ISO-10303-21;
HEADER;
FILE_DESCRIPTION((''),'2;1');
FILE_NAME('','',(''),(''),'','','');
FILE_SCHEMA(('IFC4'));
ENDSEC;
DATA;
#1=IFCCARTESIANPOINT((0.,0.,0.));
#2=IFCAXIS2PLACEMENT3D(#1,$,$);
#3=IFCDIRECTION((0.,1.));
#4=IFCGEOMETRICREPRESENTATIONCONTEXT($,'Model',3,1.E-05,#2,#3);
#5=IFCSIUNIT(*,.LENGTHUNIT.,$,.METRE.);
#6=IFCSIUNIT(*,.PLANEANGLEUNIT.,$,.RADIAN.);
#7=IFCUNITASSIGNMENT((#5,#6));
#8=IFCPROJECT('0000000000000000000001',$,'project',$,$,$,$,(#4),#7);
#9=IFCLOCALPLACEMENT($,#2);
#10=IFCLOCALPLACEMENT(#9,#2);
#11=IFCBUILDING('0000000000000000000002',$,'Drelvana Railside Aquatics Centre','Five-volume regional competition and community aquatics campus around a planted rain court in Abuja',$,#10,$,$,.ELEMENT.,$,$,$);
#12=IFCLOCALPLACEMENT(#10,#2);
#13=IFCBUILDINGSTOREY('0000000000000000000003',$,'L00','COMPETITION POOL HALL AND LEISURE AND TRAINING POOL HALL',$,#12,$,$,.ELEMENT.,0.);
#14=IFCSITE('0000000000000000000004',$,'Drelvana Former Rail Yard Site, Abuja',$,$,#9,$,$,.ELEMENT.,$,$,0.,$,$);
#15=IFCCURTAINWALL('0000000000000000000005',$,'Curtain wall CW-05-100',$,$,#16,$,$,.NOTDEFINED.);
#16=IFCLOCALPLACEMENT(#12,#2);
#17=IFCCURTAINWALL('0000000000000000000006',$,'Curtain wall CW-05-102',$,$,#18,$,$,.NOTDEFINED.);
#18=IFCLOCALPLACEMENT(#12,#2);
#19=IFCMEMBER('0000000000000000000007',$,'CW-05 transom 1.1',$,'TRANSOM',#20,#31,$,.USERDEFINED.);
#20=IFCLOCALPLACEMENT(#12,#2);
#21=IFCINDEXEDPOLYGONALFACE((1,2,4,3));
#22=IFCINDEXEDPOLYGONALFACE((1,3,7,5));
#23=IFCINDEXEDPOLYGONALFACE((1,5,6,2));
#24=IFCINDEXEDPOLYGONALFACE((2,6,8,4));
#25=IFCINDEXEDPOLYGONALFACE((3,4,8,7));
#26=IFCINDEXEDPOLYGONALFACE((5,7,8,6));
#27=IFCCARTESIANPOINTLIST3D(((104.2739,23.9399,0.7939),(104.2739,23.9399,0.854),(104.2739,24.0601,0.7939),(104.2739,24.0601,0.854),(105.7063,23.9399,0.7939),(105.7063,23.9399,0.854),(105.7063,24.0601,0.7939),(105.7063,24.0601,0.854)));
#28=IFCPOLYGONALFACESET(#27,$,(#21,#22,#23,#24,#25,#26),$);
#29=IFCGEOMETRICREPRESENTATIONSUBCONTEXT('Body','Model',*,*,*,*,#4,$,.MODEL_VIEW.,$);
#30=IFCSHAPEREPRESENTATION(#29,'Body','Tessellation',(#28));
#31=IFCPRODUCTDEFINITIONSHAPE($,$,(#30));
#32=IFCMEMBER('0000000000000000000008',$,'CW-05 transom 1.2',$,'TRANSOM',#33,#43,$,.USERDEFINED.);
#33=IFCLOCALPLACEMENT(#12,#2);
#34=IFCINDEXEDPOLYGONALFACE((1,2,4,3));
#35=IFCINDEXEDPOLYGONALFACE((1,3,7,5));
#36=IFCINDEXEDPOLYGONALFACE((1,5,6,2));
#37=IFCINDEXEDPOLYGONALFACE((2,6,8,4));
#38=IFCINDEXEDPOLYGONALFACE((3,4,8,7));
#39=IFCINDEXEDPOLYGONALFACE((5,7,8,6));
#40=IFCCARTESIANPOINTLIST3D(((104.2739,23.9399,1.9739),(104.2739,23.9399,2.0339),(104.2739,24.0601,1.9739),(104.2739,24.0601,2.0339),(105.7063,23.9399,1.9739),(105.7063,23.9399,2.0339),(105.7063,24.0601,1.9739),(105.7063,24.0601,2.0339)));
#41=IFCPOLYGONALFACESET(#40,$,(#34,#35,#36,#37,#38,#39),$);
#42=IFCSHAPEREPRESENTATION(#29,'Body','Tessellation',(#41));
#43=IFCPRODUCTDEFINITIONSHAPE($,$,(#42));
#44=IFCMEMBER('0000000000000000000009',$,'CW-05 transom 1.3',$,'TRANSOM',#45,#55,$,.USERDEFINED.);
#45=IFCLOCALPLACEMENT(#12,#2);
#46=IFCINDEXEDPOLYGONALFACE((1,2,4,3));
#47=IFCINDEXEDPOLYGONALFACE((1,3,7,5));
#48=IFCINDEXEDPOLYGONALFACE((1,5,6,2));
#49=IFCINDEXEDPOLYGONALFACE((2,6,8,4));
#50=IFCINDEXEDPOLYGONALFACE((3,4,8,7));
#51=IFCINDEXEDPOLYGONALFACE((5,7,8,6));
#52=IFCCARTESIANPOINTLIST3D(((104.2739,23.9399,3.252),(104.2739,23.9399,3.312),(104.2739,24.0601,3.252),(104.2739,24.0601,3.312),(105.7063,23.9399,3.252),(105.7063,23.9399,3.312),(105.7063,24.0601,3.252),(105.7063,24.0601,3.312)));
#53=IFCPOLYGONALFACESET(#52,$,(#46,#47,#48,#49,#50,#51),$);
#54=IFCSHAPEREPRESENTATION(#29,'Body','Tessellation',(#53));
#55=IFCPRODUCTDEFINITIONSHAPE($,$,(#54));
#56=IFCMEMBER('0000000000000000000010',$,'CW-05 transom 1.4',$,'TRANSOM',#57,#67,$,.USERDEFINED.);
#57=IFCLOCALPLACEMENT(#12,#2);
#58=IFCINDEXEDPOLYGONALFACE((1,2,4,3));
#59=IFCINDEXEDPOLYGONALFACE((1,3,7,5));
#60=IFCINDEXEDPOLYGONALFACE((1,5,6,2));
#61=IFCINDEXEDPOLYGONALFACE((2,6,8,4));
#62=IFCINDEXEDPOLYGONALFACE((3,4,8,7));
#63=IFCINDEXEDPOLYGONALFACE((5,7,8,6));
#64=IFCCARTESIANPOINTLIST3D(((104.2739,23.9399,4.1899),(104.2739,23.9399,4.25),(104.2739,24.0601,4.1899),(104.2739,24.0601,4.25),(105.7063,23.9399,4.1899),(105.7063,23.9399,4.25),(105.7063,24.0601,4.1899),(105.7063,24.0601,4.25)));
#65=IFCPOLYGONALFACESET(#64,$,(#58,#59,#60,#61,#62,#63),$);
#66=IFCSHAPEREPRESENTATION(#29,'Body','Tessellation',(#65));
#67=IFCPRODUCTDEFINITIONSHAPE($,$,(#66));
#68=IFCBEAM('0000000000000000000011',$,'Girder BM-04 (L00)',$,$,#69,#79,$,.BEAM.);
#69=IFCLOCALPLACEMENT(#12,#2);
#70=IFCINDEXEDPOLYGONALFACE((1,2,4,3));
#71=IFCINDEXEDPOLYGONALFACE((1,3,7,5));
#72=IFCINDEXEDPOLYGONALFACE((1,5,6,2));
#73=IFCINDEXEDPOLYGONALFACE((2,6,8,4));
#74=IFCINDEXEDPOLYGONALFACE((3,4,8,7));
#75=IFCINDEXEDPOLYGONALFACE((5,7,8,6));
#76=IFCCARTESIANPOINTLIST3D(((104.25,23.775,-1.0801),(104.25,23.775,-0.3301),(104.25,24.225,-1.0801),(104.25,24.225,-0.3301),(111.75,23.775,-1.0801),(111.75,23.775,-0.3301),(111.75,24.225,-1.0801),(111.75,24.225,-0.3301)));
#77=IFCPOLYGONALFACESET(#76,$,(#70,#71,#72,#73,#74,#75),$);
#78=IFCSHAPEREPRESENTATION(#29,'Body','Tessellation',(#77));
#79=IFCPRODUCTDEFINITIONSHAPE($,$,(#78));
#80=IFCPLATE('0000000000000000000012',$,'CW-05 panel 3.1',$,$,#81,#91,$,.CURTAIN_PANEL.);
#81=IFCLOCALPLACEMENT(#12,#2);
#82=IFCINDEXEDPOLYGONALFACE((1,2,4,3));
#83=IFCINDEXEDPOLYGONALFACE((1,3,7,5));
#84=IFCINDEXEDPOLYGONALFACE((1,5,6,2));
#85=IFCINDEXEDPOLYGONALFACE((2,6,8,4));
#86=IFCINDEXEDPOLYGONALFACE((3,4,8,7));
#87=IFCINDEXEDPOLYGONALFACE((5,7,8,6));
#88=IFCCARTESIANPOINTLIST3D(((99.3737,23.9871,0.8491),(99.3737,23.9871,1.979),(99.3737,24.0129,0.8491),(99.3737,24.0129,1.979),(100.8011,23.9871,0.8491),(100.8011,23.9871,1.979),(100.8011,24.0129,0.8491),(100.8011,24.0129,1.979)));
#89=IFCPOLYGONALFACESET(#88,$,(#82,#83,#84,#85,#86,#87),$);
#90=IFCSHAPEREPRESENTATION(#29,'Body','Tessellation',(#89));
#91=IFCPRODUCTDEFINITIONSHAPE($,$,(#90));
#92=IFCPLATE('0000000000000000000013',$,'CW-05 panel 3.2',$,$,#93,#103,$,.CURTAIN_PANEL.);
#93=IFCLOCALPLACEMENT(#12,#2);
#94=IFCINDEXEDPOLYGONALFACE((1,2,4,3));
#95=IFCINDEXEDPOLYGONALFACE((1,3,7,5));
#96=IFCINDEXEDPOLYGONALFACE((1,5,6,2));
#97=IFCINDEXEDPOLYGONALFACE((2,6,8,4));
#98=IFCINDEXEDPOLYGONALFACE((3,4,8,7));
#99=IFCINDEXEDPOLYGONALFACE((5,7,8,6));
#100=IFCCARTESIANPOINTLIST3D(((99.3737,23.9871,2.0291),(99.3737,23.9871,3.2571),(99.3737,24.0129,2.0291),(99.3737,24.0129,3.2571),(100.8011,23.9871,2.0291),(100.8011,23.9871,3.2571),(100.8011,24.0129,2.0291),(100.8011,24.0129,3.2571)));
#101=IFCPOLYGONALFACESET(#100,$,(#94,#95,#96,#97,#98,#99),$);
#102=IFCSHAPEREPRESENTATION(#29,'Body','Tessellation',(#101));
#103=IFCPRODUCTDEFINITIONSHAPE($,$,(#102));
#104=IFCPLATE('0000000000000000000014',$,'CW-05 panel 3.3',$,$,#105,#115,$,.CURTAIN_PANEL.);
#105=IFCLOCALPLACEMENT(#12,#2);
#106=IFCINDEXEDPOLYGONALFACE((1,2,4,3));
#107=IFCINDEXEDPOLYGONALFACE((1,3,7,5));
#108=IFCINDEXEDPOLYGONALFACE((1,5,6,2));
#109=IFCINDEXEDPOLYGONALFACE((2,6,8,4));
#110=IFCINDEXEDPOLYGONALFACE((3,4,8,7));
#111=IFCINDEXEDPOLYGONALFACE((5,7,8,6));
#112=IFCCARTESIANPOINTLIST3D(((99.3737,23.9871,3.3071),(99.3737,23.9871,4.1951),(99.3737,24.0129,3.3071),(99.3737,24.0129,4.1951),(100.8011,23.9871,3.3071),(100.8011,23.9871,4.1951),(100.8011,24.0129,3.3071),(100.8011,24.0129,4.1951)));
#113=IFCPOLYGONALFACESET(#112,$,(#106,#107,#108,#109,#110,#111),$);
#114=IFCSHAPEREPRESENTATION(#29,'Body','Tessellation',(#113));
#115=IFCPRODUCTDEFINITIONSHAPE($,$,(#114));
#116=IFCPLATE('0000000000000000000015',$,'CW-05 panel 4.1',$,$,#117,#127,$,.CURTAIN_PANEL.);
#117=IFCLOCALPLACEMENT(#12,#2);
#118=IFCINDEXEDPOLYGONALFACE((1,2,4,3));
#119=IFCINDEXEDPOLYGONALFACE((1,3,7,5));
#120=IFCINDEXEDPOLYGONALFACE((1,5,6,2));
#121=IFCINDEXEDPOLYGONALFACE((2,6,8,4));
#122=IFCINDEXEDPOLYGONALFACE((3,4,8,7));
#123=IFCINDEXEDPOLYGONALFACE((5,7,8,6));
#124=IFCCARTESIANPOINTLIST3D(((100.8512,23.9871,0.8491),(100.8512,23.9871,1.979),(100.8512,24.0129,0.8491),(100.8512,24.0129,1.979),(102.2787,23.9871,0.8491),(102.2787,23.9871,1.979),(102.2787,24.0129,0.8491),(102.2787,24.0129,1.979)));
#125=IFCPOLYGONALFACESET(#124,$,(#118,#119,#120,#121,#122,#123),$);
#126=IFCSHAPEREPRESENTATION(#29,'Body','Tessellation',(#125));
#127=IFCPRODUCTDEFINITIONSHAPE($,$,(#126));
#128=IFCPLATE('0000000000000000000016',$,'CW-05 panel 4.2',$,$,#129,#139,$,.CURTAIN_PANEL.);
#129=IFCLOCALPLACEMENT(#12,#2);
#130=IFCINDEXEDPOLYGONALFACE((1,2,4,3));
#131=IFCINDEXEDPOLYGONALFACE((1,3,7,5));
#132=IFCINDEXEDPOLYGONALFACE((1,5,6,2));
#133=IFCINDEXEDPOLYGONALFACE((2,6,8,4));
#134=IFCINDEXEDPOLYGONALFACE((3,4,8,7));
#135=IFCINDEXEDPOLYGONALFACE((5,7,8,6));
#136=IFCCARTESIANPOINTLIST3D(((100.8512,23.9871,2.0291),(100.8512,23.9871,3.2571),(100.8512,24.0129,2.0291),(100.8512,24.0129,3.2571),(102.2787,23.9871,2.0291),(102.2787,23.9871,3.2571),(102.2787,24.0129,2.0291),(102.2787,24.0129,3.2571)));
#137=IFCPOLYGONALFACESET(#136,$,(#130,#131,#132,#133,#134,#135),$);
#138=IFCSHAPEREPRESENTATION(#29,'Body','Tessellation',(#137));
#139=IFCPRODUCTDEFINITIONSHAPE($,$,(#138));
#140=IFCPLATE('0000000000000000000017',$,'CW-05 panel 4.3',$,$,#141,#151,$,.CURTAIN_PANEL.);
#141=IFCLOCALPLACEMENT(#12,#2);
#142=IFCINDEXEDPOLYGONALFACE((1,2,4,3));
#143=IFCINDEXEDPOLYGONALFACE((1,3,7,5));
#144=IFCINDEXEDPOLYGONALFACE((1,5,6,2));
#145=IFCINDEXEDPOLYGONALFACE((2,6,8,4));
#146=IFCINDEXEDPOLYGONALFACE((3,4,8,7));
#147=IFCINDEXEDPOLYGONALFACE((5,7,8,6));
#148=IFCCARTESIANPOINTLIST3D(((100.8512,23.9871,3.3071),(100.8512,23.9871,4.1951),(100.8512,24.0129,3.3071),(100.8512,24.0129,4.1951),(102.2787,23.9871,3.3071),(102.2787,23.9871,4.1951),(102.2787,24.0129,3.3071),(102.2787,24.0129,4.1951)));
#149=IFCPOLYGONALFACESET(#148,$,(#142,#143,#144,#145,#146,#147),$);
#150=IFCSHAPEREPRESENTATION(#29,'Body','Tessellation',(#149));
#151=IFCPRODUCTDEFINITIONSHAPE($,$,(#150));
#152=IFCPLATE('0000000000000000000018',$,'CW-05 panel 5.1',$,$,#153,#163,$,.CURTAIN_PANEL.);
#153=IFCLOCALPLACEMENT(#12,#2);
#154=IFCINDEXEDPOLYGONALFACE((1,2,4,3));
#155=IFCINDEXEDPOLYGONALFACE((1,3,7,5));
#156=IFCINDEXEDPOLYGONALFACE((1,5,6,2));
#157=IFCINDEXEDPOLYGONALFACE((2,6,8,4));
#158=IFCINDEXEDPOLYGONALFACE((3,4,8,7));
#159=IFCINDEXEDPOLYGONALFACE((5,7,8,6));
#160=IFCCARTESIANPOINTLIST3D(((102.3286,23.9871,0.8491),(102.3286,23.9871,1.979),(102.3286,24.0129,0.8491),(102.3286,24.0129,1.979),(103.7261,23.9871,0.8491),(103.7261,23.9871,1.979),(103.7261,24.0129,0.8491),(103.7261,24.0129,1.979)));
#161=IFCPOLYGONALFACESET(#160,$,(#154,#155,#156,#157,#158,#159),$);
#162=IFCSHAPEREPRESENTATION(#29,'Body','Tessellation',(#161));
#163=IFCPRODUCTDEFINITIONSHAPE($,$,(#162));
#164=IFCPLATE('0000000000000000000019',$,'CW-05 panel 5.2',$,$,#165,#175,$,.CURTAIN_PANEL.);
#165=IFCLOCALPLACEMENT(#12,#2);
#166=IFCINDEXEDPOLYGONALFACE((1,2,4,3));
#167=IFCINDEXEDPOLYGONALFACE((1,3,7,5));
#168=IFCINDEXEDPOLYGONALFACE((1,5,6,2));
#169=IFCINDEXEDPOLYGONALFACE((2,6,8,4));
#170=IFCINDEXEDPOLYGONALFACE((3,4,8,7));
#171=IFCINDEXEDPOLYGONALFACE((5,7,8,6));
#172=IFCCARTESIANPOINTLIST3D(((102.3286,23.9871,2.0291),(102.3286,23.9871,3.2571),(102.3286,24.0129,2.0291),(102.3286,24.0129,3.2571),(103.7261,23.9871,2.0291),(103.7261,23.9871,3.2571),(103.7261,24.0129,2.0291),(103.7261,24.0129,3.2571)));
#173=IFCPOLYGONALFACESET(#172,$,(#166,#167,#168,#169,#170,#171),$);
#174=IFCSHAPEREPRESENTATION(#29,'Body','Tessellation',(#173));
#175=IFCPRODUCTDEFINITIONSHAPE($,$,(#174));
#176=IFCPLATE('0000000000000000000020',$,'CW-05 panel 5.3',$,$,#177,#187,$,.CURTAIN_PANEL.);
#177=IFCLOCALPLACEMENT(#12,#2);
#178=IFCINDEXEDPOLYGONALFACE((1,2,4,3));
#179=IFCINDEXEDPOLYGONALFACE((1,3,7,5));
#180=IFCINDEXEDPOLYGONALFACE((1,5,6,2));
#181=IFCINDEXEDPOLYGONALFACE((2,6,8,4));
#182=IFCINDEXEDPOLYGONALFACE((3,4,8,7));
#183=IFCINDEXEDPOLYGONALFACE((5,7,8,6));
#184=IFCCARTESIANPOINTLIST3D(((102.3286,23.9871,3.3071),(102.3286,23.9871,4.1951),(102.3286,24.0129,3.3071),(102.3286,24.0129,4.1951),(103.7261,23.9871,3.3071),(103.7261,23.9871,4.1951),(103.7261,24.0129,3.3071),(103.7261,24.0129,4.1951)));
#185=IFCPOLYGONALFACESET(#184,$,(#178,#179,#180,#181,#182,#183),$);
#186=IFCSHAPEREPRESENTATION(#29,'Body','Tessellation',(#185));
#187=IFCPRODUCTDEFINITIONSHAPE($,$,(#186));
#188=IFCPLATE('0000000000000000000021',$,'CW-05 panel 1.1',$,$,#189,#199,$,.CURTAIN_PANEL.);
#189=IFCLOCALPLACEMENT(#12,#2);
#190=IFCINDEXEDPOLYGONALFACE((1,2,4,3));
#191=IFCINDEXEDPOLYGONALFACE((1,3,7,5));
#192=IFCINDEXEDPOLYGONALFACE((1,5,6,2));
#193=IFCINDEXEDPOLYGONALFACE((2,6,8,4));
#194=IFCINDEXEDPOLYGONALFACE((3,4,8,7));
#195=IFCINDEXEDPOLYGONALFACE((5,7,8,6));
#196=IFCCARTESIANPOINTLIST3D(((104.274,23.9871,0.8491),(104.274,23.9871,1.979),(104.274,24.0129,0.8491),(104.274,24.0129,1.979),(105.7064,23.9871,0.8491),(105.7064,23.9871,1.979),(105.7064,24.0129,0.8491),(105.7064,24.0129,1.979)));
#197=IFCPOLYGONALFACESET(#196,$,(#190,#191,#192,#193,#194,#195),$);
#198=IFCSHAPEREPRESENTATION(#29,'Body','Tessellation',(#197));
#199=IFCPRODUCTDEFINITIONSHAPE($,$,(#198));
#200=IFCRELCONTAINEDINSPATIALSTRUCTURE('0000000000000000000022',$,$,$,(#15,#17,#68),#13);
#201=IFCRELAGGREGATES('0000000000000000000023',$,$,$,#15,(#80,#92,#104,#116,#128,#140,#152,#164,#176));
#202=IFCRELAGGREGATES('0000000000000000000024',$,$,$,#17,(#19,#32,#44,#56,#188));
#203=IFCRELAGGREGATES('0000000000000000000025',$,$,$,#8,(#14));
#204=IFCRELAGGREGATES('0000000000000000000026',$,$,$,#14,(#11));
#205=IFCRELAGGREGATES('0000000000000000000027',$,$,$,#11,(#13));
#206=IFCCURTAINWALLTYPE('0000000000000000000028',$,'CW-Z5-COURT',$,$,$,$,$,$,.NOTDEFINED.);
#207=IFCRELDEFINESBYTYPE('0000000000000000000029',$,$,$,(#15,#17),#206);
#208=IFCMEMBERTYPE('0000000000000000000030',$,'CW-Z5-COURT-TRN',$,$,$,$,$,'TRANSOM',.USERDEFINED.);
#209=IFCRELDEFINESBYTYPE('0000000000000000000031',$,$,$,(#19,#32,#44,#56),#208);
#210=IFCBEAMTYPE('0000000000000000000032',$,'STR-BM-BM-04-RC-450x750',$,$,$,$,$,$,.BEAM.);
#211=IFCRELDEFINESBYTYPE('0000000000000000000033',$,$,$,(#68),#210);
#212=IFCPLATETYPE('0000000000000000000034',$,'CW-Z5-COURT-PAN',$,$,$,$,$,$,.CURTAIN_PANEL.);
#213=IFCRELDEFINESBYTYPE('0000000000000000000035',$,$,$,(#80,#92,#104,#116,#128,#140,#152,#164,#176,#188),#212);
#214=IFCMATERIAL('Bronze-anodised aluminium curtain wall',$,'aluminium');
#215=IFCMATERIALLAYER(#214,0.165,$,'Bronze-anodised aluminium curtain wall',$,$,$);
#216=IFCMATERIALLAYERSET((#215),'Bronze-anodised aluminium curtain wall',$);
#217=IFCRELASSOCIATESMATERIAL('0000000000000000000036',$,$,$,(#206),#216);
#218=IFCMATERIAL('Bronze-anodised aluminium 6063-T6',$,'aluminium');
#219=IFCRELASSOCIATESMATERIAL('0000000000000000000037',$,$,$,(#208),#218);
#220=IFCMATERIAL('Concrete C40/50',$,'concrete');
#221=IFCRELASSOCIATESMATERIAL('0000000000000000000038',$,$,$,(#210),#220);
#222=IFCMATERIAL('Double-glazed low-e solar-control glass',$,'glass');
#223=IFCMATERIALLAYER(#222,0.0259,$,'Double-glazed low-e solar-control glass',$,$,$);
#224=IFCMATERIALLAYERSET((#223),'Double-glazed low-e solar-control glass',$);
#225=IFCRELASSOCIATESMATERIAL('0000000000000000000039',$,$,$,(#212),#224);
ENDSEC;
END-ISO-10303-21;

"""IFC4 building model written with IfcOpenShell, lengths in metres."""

from ifc_helpers import new_model, si_unit, direction, frame, origin, origin_2d, place, context, subcontext, project, spatial, rectangle, extrude, material, layer, layer_set, material_profile, profile_set, type_object, element, aggregate, save


model = new_model("IFC4")

# Units and contexts
model_context = context("Model", 3, precision=1e-05, world=origin(), true_north=direction((0.0, 1.0)))
body_context = subcontext(model_context, "Body", "Model", "MODEL_VIEW")
ifc_project = project(units=[si_unit("LENGTHUNIT", "METRE"), si_unit("PLANEANGLEUNIT", "RADIAN")], contexts=[model_context])

# Site, building, storey
site_placement = place(None, origin())
site = spatial("IfcSite", under=ifc_project, at=site_placement, Name="Drelvana Former Rail Yard Site, Abuja", CompositionType="ELEMENT", RefElevation=0.0)
building_placement = place(site_placement, origin())
building = spatial("IfcBuilding", under=site, at=building_placement, Name="Drelvana Railside Aquatics Centre", Description="Five-volume regional competition and community aquatics campus around a planted rain court in Abuja", CompositionType="ELEMENT")
storey_placement = place(building_placement, origin())
storey = spatial("IfcBuildingStorey", under=building, at=storey_placement, Name="L00", Description="COMPETITION POOL HALL AND LEISURE AND TRAINING POOL HALL", CompositionType="ELEMENT", Elevation=0.0)

# Shared definitions
ifc_material_1 = material(Name="Concrete C40/50", Category="concrete")

# Curtain walls
ifc_material_2 = material(Name="Bronze-anodised aluminium curtain wall", Category="aluminium")
ifc_layer_1 = layer(ifc_material_2, 0.165, Name="Bronze-anodised aluminium curtain wall")
ifc_layer_set_1 = layer_set([ifc_layer_1], Name="Bronze-anodised aluminium curtain wall")
curtain_wall_type = type_object("IfcCurtainWallType", Name="CW-Z5-COURT", PredefinedType="NOTDEFINED", material=ifc_layer_set_1)
curtain_wall_1_placement = place(storey_placement, origin())
curtain_wall_1 = element("IfcCurtainWall", 1, at=curtain_wall_1_placement, inside=storey, type_object=curtain_wall_type, Name="Curtain wall CW-05-100", PredefinedType="NOTDEFINED")
ifc_material_3 = material(Name="Bronze-anodised aluminium 6063-T6", Category="aluminium")
curtain_wall_2_placement = place(storey_placement, origin())
curtain_wall_2 = element("IfcCurtainWall", 2, at=curtain_wall_2_placement, inside=storey, type_object=curtain_wall_type, Name="Curtain wall CW-05-102", PredefinedType="NOTDEFINED")

# Members
ifc_material_profile_1 = material_profile(ifc_material_3, rectangle(XDim=0.1201, YDim=0.0601, at=origin_2d()), Name="ALU-T 60x120")
ifc_profile_set_1 = profile_set([ifc_material_profile_1], Name="Bronze-anodised aluminium 6063-T6")
member_type_1 = type_object("IfcMemberType", Name="CW-Z5-COURT-TRN", ElementType="TRANSOM", PredefinedType="USERDEFINED", material=ifc_profile_set_1)
member_1_placement = place(storey_placement, frame((104.2739, 24.0, 0.824), z_axis=(1.0, 0.0, 0.0), x_axis=(0.0, 1.0, 0.0)))
member_1 = element("IfcMember", 3, at=member_1_placement, type_object=member_type_1, Name="CW-05 transom 1.1", ObjectType="TRANSOM", PredefinedType="USERDEFINED", context=body_context, shape_type="SweptSolid", body=[
    extrude(rectangle(XDim=0.1201, YDim=0.0601, at=origin_2d()), origin(), (0.0, 0.0, 1.0), 1.4324),
])
member_2_placement = place(storey_placement, frame((104.2739, 24.0, 2.0039), z_axis=(1.0, 0.0, 0.0), x_axis=(0.0, 1.0, 0.0)))
member_2 = element("IfcMember", 4, at=member_2_placement, type_object=member_type_1, Name="CW-05 transom 1.2", ObjectType="TRANSOM", PredefinedType="USERDEFINED", context=body_context, shape_type="SweptSolid", body=[
    extrude(rectangle(XDim=0.1201, YDim=0.0601, at=origin_2d()), origin(), (0.0, 0.0, 1.0), 1.4324),
])
member_3_placement = place(storey_placement, frame((104.2739, 24.0, 3.282), z_axis=(1.0, 0.0, 0.0), x_axis=(0.0, 1.0, 0.0)))
member_3 = element("IfcMember", 5, at=member_3_placement, type_object=member_type_1, Name="CW-05 transom 1.3", ObjectType="TRANSOM", PredefinedType="USERDEFINED", context=body_context, shape_type="SweptSolid", body=[
    extrude(rectangle(XDim=0.1201, YDim=0.0601, at=origin_2d()), origin(), (0.0, 0.0, 1.0), 1.4324),
])
member_4_placement = place(storey_placement, frame((104.2739, 24.0, 4.22), z_axis=(1.0, 0.0, 0.0), x_axis=(0.0, 1.0, 0.0)))
member_4 = element("IfcMember", 6, at=member_4_placement, type_object=member_type_1, Name="CW-05 transom 1.4", ObjectType="TRANSOM", PredefinedType="USERDEFINED", context=body_context, shape_type="SweptSolid", body=[
    extrude(rectangle(XDim=0.1201, YDim=0.0601, at=origin_2d()), origin(), (0.0, 0.0, 1.0), 1.4324),
])

# Beam
ifc_material_profile_2 = material_profile(ifc_material_1, rectangle(XDim=0.45, YDim=0.75, at=origin_2d()), Name="RC 450x750")
ifc_profile_set_2 = profile_set([ifc_material_profile_2], Name="Concrete C40/50")
beam_type = type_object("IfcBeamType", Name="STR-BM-BM-04-RC-450x750", PredefinedType="BEAM", material=ifc_profile_set_2)
beam_placement = place(storey_placement, frame((104.25, 24.0, -0.7051), z_axis=(1.0, 0.0, 0.0), x_axis=(0.0, 1.0, 0.0)))
element("IfcBeam", 7, at=beam_placement, inside=storey, type_object=beam_type, Name="Girder BM-04 (L00)", PredefinedType="BEAM", context=body_context, shape_type="SweptSolid", body=[
    extrude(rectangle(XDim=0.45, YDim=0.75, at=origin_2d()), origin(), (0.0, 0.0, 1.0), 7.5),
])

# Plates
ifc_material_4 = material(Name="Double-glazed low-e solar-control glass", Category="glass")
ifc_layer_2 = layer(ifc_material_4, 0.0259, Name="Double-glazed low-e solar-control glass")
ifc_layer_set_2 = layer_set([ifc_layer_2], Name="Double-glazed low-e solar-control glass")
plate_type = type_object("IfcPlateType", Name="CW-Z5-COURT-PAN", PredefinedType="CURTAIN_PANEL", material=ifc_layer_set_2)
plate_1_placement = place(storey_placement, frame((100.0874, 24.0, 0.8491), z_axis=(0.0, 0.0, 1.0), x_axis=(1.0, 0.0, 0.0)))
plate_1 = element("IfcPlate", 8, at=plate_1_placement, type_object=plate_type, Name="CW-05 panel 3.1", PredefinedType="CURTAIN_PANEL", context=body_context, shape_type="SweptSolid", body=[
    extrude(rectangle(XDim=1.4275, YDim=0.0259, at=origin_2d()), origin(), (0.0, 0.0, 1.0), 1.1299),
])
plate_2_placement = place(storey_placement, frame((100.0874, 24.0, 2.0291), z_axis=(0.0, 0.0, 1.0), x_axis=(1.0, 0.0, 0.0)))
plate_2 = element("IfcPlate", 9, at=plate_2_placement, type_object=plate_type, Name="CW-05 panel 3.2", PredefinedType="CURTAIN_PANEL", context=body_context, shape_type="SweptSolid", body=[
    extrude(rectangle(XDim=1.4275, YDim=0.0259, at=origin_2d()), origin(), (0.0, 0.0, 1.0), 1.228),
])
plate_3_placement = place(storey_placement, frame((100.0874, 24.0, 3.3071), z_axis=(0.0, 0.0, 1.0), x_axis=(1.0, 0.0, 0.0)))
plate_3 = element("IfcPlate", 10, at=plate_3_placement, type_object=plate_type, Name="CW-05 panel 3.3", PredefinedType="CURTAIN_PANEL", context=body_context, shape_type="SweptSolid", body=[
    extrude(rectangle(XDim=1.4275, YDim=0.0259, at=origin_2d()), origin(), (0.0, 0.0, 1.0), 0.8879),
])
plate_4_placement = place(storey_placement, frame((101.5649, 24.0, 0.8491), z_axis=(0.0, 0.0, 1.0), x_axis=(1.0, 0.0, 0.0)))
plate_4 = element("IfcPlate", 11, at=plate_4_placement, type_object=plate_type, Name="CW-05 panel 4.1", PredefinedType="CURTAIN_PANEL", context=body_context, shape_type="SweptSolid", body=[
    extrude(rectangle(XDim=1.4275, YDim=0.0259, at=origin_2d()), origin(), (0.0, 0.0, 1.0), 1.1299),
])
plate_5_placement = place(storey_placement, frame((101.5649, 24.0, 2.0291), z_axis=(0.0, 0.0, 1.0), x_axis=(1.0, 0.0, 0.0)))
plate_5 = element("IfcPlate", 12, at=plate_5_placement, type_object=plate_type, Name="CW-05 panel 4.2", PredefinedType="CURTAIN_PANEL", context=body_context, shape_type="SweptSolid", body=[
    extrude(rectangle(XDim=1.4275, YDim=0.0259, at=origin_2d()), origin(), (0.0, 0.0, 1.0), 1.228),
])
plate_6_placement = place(storey_placement, frame((101.5649, 24.0, 3.3071), z_axis=(0.0, 0.0, 1.0), x_axis=(1.0, 0.0, 0.0)))
plate_6 = element("IfcPlate", 13, at=plate_6_placement, type_object=plate_type, Name="CW-05 panel 4.3", PredefinedType="CURTAIN_PANEL", context=body_context, shape_type="SweptSolid", body=[
    extrude(rectangle(XDim=1.4275, YDim=0.0259, at=origin_2d()), origin(), (0.0, 0.0, 1.0), 0.8879),
])
plate_7_placement = place(storey_placement, frame((103.0273, 24.0, 0.8491), z_axis=(0.0, 0.0, 1.0), x_axis=(1.0, 0.0, 0.0)))
plate_7 = element("IfcPlate", 14, at=plate_7_placement, type_object=plate_type, Name="CW-05 panel 5.1", PredefinedType="CURTAIN_PANEL", context=body_context, shape_type="SweptSolid", body=[
    extrude(rectangle(XDim=1.3975, YDim=0.0259, at=origin_2d()), origin(), (0.0, 0.0, 1.0), 1.1299),
])
plate_8_placement = place(storey_placement, frame((103.0273, 24.0, 2.0291), z_axis=(0.0, 0.0, 1.0), x_axis=(1.0, 0.0, 0.0)))
plate_8 = element("IfcPlate", 15, at=plate_8_placement, type_object=plate_type, Name="CW-05 panel 5.2", PredefinedType="CURTAIN_PANEL", context=body_context, shape_type="SweptSolid", body=[
    extrude(rectangle(XDim=1.3975, YDim=0.0259, at=origin_2d()), origin(), (0.0, 0.0, 1.0), 1.228),
])
plate_9_placement = place(storey_placement, frame((103.0273, 24.0, 3.3071), z_axis=(0.0, 0.0, 1.0), x_axis=(1.0, 0.0, 0.0)))
plate_9 = element("IfcPlate", 16, at=plate_9_placement, type_object=plate_type, Name="CW-05 panel 5.3", PredefinedType="CURTAIN_PANEL", context=body_context, shape_type="SweptSolid", body=[
    extrude(rectangle(XDim=1.3975, YDim=0.0259, at=origin_2d()), origin(), (0.0, 0.0, 1.0), 0.8879),
])
aggregate(curtain_wall_1, [plate_1, plate_2, plate_3, plate_4, plate_5, plate_6, plate_7, plate_8, plate_9])
plate_10_placement = place(storey_placement, frame((104.9902, 24.0, 0.8491), z_axis=(0.0, 0.0, 1.0), x_axis=(1.0, 0.0, 0.0)))
plate_10 = element("IfcPlate", 17, at=plate_10_placement, type_object=plate_type, Name="CW-05 panel 1.1", PredefinedType="CURTAIN_PANEL", context=body_context, shape_type="SweptSolid", body=[
    extrude(rectangle(XDim=1.4324, YDim=0.0259, at=origin_2d()), origin(), (0.0, 0.0, 1.0), 1.1299),
])
aggregate(curtain_wall_2, [member_1, member_2, member_3, member_4, plate_10])

save(model, "model.ifc")
